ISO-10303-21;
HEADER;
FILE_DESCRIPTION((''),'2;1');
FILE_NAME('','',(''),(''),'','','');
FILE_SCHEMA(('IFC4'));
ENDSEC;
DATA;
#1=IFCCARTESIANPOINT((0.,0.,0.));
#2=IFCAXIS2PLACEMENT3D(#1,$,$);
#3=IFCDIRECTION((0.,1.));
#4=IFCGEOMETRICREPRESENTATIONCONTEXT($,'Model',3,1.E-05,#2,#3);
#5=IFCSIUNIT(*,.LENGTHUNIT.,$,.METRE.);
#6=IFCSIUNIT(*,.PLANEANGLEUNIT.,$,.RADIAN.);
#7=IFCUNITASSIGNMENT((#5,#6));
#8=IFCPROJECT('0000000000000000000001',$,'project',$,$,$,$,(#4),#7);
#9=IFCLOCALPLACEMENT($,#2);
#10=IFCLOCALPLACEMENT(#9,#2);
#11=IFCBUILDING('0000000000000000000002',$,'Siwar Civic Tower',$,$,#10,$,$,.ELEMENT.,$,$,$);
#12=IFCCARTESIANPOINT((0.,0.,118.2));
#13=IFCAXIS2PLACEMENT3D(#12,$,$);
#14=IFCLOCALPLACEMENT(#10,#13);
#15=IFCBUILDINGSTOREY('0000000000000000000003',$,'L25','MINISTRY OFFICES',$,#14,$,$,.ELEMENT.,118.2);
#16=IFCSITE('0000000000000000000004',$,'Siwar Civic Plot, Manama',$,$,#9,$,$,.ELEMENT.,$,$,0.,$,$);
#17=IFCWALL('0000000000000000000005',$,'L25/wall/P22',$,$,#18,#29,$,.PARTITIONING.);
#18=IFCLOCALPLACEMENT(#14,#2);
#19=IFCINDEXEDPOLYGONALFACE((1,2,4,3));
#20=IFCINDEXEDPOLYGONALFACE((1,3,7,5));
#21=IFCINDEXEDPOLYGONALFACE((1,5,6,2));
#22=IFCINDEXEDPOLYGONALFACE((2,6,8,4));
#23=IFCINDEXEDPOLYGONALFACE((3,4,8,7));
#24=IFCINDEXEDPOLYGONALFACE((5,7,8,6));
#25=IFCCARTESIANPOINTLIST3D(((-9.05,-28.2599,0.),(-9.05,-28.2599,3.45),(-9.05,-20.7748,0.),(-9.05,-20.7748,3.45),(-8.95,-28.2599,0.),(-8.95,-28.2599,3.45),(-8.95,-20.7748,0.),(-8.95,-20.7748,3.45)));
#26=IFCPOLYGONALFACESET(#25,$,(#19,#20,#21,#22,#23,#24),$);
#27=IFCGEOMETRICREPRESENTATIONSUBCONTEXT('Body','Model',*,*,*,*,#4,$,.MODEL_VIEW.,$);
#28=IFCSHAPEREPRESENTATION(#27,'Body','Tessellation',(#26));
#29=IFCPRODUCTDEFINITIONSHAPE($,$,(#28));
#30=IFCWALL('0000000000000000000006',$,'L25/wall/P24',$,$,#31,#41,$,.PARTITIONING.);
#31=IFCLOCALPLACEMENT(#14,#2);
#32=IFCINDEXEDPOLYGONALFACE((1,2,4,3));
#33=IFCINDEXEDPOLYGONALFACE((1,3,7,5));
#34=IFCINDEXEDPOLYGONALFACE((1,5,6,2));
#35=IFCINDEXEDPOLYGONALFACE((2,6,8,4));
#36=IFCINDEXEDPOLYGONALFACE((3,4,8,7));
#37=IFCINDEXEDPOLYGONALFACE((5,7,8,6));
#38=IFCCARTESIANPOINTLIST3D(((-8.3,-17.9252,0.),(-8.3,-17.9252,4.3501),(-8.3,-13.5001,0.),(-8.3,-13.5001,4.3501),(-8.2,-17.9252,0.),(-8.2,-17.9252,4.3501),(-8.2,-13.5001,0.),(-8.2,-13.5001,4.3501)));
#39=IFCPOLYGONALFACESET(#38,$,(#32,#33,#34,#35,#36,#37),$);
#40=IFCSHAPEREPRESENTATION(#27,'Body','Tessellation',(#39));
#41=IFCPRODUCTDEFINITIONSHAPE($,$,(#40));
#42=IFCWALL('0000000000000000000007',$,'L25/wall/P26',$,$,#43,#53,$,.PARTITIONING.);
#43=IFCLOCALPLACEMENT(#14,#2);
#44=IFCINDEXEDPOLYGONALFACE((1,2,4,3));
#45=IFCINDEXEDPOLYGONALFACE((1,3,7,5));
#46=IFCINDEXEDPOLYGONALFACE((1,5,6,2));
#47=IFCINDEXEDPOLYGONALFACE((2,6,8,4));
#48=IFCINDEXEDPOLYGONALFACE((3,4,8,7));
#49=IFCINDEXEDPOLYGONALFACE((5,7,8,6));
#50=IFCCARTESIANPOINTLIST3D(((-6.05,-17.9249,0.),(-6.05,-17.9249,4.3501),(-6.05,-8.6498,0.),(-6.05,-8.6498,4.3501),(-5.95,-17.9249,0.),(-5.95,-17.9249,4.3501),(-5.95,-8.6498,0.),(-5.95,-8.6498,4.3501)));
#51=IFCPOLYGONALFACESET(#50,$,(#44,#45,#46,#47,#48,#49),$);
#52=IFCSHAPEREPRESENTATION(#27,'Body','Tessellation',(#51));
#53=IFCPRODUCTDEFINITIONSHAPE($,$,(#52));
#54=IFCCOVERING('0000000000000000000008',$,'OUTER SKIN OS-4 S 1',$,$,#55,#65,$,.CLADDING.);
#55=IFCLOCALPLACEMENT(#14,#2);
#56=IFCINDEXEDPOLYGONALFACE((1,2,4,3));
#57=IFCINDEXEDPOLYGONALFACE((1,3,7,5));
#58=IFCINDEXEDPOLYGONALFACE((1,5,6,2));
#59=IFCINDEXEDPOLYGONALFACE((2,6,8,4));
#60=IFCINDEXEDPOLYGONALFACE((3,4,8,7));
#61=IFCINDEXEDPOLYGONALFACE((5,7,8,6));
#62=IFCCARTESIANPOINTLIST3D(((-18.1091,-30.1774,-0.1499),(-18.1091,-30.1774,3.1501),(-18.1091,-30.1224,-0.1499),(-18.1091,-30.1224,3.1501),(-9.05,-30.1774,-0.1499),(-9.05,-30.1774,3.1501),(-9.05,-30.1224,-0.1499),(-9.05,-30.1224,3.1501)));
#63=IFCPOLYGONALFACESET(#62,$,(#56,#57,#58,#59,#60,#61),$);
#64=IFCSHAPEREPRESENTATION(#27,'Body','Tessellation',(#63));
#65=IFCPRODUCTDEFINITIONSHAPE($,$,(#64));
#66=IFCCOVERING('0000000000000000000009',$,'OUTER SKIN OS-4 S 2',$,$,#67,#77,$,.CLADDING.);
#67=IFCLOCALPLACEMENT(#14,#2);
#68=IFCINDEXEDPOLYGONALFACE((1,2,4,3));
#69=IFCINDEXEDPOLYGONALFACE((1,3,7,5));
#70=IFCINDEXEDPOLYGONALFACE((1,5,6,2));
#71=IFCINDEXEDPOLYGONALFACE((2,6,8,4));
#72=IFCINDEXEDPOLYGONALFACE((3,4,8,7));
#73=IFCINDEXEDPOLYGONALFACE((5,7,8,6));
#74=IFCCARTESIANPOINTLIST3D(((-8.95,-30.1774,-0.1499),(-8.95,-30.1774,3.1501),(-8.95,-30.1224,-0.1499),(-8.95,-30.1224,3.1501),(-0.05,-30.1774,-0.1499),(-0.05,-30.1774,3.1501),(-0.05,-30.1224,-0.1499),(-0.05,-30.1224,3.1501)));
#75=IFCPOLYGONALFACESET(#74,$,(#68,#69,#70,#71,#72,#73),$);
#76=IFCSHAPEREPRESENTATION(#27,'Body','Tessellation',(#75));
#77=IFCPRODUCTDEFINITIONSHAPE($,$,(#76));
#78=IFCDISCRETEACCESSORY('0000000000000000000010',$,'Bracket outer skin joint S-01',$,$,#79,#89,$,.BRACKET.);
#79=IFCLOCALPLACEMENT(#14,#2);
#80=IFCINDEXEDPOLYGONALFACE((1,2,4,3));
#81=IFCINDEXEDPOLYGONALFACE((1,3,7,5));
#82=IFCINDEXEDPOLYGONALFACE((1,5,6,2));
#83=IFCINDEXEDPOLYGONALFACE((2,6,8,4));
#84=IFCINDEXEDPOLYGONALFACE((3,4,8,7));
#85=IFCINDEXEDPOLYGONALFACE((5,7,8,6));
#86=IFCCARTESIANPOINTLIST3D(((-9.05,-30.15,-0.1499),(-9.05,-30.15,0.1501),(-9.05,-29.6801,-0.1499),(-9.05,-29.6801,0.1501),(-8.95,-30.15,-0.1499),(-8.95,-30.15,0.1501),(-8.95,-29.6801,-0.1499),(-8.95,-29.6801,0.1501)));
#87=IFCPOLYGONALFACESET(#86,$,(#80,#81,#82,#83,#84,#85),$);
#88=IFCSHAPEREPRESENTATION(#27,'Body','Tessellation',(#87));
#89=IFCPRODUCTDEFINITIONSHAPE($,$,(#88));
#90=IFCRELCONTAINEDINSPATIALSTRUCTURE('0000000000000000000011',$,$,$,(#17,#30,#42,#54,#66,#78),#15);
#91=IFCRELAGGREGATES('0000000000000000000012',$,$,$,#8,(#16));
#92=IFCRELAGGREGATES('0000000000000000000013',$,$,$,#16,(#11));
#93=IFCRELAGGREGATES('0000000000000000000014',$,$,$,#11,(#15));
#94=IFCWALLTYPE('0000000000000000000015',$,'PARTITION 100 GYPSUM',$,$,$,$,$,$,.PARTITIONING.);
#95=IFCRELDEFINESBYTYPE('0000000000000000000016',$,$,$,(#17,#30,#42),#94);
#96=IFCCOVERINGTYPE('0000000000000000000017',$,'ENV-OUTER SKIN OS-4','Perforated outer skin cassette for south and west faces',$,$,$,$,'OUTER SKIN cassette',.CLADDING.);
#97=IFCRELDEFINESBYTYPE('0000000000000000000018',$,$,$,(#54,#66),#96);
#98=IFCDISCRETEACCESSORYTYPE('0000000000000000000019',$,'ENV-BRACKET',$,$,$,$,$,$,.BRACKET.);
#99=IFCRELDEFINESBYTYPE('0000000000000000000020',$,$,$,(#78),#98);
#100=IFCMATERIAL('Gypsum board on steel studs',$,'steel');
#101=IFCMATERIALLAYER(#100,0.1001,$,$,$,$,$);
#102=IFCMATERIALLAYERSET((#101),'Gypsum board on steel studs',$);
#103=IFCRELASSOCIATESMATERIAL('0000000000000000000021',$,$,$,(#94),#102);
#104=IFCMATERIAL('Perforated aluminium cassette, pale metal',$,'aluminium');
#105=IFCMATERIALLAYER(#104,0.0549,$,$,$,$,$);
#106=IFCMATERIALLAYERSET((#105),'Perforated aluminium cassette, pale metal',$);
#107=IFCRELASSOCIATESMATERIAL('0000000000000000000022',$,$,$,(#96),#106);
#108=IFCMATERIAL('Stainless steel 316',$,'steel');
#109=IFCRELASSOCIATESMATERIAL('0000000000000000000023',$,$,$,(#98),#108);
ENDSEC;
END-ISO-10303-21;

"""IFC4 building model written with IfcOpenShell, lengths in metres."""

from ifc_helpers import new_model, si_unit, direction, frame, frame_2d, origin, origin_2d, place, context, subcontext, project, spatial, rectangle, extrude, material, layer, layer_set, type_object, element, save


model = new_model("IFC4")

# Units and contexts
model_context = context("Model", 3, precision=1e-05, world=origin(), true_north=direction((0.0, 1.0)))
body_context = subcontext(model_context, "Body", "Model", "MODEL_VIEW")
ifc_project = project(units=[si_unit("LENGTHUNIT", "METRE"), si_unit("PLANEANGLEUNIT", "RADIAN")], contexts=[model_context])

# Site, building, storey
site_placement = place(None, origin())
site = spatial("IfcSite", under=ifc_project, at=site_placement, Name="Siwar Civic Plot, Manama", CompositionType="ELEMENT", RefElevation=0.0)
building_placement = place(site_placement, origin())
building = spatial("IfcBuilding", under=site, at=building_placement, Name="Siwar Civic Tower", CompositionType="ELEMENT")
storey_placement = place(building_placement, frame((0.0, 0.0, 118.2)))
storey = spatial("IfcBuildingStorey", under=building, at=storey_placement, Name="L25", Description="MINISTRY OFFICES", CompositionType="ELEMENT", Elevation=118.2)

# Walls
ifc_material_1 = material(Name="Gypsum board on steel studs", Category="steel")
ifc_layer_1 = layer(ifc_material_1, 0.1001)
ifc_layer_set_1 = layer_set([ifc_layer_1], Name="Gypsum board on steel studs")
wall_type_1 = type_object("IfcWallType", Name="PARTITION 100 GYPSUM", PredefinedType="PARTITIONING", material=ifc_layer_set_1)
wall_1_placement = place(storey_placement, frame((-9.0, -28.26, 0.0), z_axis=(0.0, 0.0, 1.0), x_axis=(0.0, 1.0, 0.0)))
element("IfcWall", 1, at=wall_1_placement, inside=storey, type_object=wall_type_1, Name="L25/wall/P22", PredefinedType="PARTITIONING", context=body_context, shape_type="SweptSolid", body=[
    extrude(rectangle(XDim=7.4851, YDim=0.1001, at=frame_2d((3.7427, 0.0))), origin(), (0.0, 0.0, 1.0), 3.45),
])
wall_2_placement = place(storey_placement, frame((-8.25, -17.925, 0.0), z_axis=(0.0, 0.0, 1.0), x_axis=(0.0, 1.0, 0.0)))
element("IfcWall", 2, at=wall_2_placement, inside=storey, type_object=wall_type_1, Name="L25/wall/P24", PredefinedType="PARTITIONING", context=body_context, shape_type="SweptSolid", body=[
    extrude(rectangle(XDim=4.425, YDim=0.1001, at=frame_2d((2.2124, 0.0))), origin(), (0.0, 0.0, 1.0), 4.3501),
])
wall_3_placement = place(storey_placement, frame((-6.0, -17.925, 0.0), z_axis=(0.0, 0.0, 1.0), x_axis=(0.0, 1.0, 0.0)))
element("IfcWall", 3, at=wall_3_placement, inside=storey, type_object=wall_type_1, Name="L25/wall/P26", PredefinedType="PARTITIONING", context=body_context, shape_type="SweptSolid", body=[
    extrude(rectangle(XDim=9.2751, YDim=0.1001, at=frame_2d((4.6377, 0.0))), origin(), (0.0, 0.0, 1.0), 4.3501),
])

# Coverings
ifc_material_2 = material(Name="Perforated aluminium cassette, pale metal", Category="aluminium")
ifc_layer_2 = layer(ifc_material_2, 0.0549)
ifc_layer_set_2 = layer_set([ifc_layer_2], Name="Perforated aluminium cassette, pale metal")
covering_type = type_object("IfcCoveringType", Name="ENV-OUTER SKIN OS-4", Description="Perforated outer skin cassette for south and west faces", ElementType="OUTER SKIN cassette", PredefinedType="CLADDING", material=ifc_layer_set_2)
covering_1_placement = place(storey_placement, frame((-13.5796, -30.1499, -0.1499), z_axis=(0.0, 0.0, 1.0), x_axis=(1.0, 0.0, 0.0)))
element("IfcCovering", 4, at=covering_1_placement, inside=storey, type_object=covering_type, Name="OUTER SKIN OS-4 S 1", PredefinedType="CLADDING", context=body_context, shape_type="SweptSolid", body=[
    extrude(rectangle(XDim=9.0591, YDim=0.0549, at=origin_2d()), origin(), (0.0, 0.0, 1.0), 3.3),
])
covering_2_placement = place(storey_placement, frame((-4.5, -30.1499, -0.1499), z_axis=(0.0, 0.0, 1.0), x_axis=(1.0, 0.0, 0.0)))
element("IfcCovering", 5, at=covering_2_placement, inside=storey, type_object=covering_type, Name="OUTER SKIN OS-4 S 2", PredefinedType="CLADDING", context=body_context, shape_type="SweptSolid", body=[
    extrude(rectangle(XDim=8.8999, YDim=0.0549, at=origin_2d()), origin(), (0.0, 0.0, 1.0), 3.3),
])

# Discrete accessory
ifc_material_3 = material(Name="Stainless steel 316", Category="steel")
discrete_accessory_type = type_object("IfcDiscreteAccessoryType", Name="ENV-BRACKET", PredefinedType="BRACKET", material=ifc_material_3)
discrete_accessory_placement = place(storey_placement, frame((-9.0, -29.915, -0.1499), z_axis=(0.0, 0.0, 1.0), x_axis=(0.0, -1.0, 0.0)))
element("IfcDiscreteAccessory", 6, at=discrete_accessory_placement, inside=storey, type_object=discrete_accessory_type, Name="Bracket outer skin joint S-01", PredefinedType="BRACKET", context=body_context, shape_type="SweptSolid", body=[
    extrude(rectangle(XDim=0.47, YDim=0.1001, at=origin_2d()), origin(), (0.0, 0.0, 1.0), 0.3),
])

save(model, "model.ifc")
